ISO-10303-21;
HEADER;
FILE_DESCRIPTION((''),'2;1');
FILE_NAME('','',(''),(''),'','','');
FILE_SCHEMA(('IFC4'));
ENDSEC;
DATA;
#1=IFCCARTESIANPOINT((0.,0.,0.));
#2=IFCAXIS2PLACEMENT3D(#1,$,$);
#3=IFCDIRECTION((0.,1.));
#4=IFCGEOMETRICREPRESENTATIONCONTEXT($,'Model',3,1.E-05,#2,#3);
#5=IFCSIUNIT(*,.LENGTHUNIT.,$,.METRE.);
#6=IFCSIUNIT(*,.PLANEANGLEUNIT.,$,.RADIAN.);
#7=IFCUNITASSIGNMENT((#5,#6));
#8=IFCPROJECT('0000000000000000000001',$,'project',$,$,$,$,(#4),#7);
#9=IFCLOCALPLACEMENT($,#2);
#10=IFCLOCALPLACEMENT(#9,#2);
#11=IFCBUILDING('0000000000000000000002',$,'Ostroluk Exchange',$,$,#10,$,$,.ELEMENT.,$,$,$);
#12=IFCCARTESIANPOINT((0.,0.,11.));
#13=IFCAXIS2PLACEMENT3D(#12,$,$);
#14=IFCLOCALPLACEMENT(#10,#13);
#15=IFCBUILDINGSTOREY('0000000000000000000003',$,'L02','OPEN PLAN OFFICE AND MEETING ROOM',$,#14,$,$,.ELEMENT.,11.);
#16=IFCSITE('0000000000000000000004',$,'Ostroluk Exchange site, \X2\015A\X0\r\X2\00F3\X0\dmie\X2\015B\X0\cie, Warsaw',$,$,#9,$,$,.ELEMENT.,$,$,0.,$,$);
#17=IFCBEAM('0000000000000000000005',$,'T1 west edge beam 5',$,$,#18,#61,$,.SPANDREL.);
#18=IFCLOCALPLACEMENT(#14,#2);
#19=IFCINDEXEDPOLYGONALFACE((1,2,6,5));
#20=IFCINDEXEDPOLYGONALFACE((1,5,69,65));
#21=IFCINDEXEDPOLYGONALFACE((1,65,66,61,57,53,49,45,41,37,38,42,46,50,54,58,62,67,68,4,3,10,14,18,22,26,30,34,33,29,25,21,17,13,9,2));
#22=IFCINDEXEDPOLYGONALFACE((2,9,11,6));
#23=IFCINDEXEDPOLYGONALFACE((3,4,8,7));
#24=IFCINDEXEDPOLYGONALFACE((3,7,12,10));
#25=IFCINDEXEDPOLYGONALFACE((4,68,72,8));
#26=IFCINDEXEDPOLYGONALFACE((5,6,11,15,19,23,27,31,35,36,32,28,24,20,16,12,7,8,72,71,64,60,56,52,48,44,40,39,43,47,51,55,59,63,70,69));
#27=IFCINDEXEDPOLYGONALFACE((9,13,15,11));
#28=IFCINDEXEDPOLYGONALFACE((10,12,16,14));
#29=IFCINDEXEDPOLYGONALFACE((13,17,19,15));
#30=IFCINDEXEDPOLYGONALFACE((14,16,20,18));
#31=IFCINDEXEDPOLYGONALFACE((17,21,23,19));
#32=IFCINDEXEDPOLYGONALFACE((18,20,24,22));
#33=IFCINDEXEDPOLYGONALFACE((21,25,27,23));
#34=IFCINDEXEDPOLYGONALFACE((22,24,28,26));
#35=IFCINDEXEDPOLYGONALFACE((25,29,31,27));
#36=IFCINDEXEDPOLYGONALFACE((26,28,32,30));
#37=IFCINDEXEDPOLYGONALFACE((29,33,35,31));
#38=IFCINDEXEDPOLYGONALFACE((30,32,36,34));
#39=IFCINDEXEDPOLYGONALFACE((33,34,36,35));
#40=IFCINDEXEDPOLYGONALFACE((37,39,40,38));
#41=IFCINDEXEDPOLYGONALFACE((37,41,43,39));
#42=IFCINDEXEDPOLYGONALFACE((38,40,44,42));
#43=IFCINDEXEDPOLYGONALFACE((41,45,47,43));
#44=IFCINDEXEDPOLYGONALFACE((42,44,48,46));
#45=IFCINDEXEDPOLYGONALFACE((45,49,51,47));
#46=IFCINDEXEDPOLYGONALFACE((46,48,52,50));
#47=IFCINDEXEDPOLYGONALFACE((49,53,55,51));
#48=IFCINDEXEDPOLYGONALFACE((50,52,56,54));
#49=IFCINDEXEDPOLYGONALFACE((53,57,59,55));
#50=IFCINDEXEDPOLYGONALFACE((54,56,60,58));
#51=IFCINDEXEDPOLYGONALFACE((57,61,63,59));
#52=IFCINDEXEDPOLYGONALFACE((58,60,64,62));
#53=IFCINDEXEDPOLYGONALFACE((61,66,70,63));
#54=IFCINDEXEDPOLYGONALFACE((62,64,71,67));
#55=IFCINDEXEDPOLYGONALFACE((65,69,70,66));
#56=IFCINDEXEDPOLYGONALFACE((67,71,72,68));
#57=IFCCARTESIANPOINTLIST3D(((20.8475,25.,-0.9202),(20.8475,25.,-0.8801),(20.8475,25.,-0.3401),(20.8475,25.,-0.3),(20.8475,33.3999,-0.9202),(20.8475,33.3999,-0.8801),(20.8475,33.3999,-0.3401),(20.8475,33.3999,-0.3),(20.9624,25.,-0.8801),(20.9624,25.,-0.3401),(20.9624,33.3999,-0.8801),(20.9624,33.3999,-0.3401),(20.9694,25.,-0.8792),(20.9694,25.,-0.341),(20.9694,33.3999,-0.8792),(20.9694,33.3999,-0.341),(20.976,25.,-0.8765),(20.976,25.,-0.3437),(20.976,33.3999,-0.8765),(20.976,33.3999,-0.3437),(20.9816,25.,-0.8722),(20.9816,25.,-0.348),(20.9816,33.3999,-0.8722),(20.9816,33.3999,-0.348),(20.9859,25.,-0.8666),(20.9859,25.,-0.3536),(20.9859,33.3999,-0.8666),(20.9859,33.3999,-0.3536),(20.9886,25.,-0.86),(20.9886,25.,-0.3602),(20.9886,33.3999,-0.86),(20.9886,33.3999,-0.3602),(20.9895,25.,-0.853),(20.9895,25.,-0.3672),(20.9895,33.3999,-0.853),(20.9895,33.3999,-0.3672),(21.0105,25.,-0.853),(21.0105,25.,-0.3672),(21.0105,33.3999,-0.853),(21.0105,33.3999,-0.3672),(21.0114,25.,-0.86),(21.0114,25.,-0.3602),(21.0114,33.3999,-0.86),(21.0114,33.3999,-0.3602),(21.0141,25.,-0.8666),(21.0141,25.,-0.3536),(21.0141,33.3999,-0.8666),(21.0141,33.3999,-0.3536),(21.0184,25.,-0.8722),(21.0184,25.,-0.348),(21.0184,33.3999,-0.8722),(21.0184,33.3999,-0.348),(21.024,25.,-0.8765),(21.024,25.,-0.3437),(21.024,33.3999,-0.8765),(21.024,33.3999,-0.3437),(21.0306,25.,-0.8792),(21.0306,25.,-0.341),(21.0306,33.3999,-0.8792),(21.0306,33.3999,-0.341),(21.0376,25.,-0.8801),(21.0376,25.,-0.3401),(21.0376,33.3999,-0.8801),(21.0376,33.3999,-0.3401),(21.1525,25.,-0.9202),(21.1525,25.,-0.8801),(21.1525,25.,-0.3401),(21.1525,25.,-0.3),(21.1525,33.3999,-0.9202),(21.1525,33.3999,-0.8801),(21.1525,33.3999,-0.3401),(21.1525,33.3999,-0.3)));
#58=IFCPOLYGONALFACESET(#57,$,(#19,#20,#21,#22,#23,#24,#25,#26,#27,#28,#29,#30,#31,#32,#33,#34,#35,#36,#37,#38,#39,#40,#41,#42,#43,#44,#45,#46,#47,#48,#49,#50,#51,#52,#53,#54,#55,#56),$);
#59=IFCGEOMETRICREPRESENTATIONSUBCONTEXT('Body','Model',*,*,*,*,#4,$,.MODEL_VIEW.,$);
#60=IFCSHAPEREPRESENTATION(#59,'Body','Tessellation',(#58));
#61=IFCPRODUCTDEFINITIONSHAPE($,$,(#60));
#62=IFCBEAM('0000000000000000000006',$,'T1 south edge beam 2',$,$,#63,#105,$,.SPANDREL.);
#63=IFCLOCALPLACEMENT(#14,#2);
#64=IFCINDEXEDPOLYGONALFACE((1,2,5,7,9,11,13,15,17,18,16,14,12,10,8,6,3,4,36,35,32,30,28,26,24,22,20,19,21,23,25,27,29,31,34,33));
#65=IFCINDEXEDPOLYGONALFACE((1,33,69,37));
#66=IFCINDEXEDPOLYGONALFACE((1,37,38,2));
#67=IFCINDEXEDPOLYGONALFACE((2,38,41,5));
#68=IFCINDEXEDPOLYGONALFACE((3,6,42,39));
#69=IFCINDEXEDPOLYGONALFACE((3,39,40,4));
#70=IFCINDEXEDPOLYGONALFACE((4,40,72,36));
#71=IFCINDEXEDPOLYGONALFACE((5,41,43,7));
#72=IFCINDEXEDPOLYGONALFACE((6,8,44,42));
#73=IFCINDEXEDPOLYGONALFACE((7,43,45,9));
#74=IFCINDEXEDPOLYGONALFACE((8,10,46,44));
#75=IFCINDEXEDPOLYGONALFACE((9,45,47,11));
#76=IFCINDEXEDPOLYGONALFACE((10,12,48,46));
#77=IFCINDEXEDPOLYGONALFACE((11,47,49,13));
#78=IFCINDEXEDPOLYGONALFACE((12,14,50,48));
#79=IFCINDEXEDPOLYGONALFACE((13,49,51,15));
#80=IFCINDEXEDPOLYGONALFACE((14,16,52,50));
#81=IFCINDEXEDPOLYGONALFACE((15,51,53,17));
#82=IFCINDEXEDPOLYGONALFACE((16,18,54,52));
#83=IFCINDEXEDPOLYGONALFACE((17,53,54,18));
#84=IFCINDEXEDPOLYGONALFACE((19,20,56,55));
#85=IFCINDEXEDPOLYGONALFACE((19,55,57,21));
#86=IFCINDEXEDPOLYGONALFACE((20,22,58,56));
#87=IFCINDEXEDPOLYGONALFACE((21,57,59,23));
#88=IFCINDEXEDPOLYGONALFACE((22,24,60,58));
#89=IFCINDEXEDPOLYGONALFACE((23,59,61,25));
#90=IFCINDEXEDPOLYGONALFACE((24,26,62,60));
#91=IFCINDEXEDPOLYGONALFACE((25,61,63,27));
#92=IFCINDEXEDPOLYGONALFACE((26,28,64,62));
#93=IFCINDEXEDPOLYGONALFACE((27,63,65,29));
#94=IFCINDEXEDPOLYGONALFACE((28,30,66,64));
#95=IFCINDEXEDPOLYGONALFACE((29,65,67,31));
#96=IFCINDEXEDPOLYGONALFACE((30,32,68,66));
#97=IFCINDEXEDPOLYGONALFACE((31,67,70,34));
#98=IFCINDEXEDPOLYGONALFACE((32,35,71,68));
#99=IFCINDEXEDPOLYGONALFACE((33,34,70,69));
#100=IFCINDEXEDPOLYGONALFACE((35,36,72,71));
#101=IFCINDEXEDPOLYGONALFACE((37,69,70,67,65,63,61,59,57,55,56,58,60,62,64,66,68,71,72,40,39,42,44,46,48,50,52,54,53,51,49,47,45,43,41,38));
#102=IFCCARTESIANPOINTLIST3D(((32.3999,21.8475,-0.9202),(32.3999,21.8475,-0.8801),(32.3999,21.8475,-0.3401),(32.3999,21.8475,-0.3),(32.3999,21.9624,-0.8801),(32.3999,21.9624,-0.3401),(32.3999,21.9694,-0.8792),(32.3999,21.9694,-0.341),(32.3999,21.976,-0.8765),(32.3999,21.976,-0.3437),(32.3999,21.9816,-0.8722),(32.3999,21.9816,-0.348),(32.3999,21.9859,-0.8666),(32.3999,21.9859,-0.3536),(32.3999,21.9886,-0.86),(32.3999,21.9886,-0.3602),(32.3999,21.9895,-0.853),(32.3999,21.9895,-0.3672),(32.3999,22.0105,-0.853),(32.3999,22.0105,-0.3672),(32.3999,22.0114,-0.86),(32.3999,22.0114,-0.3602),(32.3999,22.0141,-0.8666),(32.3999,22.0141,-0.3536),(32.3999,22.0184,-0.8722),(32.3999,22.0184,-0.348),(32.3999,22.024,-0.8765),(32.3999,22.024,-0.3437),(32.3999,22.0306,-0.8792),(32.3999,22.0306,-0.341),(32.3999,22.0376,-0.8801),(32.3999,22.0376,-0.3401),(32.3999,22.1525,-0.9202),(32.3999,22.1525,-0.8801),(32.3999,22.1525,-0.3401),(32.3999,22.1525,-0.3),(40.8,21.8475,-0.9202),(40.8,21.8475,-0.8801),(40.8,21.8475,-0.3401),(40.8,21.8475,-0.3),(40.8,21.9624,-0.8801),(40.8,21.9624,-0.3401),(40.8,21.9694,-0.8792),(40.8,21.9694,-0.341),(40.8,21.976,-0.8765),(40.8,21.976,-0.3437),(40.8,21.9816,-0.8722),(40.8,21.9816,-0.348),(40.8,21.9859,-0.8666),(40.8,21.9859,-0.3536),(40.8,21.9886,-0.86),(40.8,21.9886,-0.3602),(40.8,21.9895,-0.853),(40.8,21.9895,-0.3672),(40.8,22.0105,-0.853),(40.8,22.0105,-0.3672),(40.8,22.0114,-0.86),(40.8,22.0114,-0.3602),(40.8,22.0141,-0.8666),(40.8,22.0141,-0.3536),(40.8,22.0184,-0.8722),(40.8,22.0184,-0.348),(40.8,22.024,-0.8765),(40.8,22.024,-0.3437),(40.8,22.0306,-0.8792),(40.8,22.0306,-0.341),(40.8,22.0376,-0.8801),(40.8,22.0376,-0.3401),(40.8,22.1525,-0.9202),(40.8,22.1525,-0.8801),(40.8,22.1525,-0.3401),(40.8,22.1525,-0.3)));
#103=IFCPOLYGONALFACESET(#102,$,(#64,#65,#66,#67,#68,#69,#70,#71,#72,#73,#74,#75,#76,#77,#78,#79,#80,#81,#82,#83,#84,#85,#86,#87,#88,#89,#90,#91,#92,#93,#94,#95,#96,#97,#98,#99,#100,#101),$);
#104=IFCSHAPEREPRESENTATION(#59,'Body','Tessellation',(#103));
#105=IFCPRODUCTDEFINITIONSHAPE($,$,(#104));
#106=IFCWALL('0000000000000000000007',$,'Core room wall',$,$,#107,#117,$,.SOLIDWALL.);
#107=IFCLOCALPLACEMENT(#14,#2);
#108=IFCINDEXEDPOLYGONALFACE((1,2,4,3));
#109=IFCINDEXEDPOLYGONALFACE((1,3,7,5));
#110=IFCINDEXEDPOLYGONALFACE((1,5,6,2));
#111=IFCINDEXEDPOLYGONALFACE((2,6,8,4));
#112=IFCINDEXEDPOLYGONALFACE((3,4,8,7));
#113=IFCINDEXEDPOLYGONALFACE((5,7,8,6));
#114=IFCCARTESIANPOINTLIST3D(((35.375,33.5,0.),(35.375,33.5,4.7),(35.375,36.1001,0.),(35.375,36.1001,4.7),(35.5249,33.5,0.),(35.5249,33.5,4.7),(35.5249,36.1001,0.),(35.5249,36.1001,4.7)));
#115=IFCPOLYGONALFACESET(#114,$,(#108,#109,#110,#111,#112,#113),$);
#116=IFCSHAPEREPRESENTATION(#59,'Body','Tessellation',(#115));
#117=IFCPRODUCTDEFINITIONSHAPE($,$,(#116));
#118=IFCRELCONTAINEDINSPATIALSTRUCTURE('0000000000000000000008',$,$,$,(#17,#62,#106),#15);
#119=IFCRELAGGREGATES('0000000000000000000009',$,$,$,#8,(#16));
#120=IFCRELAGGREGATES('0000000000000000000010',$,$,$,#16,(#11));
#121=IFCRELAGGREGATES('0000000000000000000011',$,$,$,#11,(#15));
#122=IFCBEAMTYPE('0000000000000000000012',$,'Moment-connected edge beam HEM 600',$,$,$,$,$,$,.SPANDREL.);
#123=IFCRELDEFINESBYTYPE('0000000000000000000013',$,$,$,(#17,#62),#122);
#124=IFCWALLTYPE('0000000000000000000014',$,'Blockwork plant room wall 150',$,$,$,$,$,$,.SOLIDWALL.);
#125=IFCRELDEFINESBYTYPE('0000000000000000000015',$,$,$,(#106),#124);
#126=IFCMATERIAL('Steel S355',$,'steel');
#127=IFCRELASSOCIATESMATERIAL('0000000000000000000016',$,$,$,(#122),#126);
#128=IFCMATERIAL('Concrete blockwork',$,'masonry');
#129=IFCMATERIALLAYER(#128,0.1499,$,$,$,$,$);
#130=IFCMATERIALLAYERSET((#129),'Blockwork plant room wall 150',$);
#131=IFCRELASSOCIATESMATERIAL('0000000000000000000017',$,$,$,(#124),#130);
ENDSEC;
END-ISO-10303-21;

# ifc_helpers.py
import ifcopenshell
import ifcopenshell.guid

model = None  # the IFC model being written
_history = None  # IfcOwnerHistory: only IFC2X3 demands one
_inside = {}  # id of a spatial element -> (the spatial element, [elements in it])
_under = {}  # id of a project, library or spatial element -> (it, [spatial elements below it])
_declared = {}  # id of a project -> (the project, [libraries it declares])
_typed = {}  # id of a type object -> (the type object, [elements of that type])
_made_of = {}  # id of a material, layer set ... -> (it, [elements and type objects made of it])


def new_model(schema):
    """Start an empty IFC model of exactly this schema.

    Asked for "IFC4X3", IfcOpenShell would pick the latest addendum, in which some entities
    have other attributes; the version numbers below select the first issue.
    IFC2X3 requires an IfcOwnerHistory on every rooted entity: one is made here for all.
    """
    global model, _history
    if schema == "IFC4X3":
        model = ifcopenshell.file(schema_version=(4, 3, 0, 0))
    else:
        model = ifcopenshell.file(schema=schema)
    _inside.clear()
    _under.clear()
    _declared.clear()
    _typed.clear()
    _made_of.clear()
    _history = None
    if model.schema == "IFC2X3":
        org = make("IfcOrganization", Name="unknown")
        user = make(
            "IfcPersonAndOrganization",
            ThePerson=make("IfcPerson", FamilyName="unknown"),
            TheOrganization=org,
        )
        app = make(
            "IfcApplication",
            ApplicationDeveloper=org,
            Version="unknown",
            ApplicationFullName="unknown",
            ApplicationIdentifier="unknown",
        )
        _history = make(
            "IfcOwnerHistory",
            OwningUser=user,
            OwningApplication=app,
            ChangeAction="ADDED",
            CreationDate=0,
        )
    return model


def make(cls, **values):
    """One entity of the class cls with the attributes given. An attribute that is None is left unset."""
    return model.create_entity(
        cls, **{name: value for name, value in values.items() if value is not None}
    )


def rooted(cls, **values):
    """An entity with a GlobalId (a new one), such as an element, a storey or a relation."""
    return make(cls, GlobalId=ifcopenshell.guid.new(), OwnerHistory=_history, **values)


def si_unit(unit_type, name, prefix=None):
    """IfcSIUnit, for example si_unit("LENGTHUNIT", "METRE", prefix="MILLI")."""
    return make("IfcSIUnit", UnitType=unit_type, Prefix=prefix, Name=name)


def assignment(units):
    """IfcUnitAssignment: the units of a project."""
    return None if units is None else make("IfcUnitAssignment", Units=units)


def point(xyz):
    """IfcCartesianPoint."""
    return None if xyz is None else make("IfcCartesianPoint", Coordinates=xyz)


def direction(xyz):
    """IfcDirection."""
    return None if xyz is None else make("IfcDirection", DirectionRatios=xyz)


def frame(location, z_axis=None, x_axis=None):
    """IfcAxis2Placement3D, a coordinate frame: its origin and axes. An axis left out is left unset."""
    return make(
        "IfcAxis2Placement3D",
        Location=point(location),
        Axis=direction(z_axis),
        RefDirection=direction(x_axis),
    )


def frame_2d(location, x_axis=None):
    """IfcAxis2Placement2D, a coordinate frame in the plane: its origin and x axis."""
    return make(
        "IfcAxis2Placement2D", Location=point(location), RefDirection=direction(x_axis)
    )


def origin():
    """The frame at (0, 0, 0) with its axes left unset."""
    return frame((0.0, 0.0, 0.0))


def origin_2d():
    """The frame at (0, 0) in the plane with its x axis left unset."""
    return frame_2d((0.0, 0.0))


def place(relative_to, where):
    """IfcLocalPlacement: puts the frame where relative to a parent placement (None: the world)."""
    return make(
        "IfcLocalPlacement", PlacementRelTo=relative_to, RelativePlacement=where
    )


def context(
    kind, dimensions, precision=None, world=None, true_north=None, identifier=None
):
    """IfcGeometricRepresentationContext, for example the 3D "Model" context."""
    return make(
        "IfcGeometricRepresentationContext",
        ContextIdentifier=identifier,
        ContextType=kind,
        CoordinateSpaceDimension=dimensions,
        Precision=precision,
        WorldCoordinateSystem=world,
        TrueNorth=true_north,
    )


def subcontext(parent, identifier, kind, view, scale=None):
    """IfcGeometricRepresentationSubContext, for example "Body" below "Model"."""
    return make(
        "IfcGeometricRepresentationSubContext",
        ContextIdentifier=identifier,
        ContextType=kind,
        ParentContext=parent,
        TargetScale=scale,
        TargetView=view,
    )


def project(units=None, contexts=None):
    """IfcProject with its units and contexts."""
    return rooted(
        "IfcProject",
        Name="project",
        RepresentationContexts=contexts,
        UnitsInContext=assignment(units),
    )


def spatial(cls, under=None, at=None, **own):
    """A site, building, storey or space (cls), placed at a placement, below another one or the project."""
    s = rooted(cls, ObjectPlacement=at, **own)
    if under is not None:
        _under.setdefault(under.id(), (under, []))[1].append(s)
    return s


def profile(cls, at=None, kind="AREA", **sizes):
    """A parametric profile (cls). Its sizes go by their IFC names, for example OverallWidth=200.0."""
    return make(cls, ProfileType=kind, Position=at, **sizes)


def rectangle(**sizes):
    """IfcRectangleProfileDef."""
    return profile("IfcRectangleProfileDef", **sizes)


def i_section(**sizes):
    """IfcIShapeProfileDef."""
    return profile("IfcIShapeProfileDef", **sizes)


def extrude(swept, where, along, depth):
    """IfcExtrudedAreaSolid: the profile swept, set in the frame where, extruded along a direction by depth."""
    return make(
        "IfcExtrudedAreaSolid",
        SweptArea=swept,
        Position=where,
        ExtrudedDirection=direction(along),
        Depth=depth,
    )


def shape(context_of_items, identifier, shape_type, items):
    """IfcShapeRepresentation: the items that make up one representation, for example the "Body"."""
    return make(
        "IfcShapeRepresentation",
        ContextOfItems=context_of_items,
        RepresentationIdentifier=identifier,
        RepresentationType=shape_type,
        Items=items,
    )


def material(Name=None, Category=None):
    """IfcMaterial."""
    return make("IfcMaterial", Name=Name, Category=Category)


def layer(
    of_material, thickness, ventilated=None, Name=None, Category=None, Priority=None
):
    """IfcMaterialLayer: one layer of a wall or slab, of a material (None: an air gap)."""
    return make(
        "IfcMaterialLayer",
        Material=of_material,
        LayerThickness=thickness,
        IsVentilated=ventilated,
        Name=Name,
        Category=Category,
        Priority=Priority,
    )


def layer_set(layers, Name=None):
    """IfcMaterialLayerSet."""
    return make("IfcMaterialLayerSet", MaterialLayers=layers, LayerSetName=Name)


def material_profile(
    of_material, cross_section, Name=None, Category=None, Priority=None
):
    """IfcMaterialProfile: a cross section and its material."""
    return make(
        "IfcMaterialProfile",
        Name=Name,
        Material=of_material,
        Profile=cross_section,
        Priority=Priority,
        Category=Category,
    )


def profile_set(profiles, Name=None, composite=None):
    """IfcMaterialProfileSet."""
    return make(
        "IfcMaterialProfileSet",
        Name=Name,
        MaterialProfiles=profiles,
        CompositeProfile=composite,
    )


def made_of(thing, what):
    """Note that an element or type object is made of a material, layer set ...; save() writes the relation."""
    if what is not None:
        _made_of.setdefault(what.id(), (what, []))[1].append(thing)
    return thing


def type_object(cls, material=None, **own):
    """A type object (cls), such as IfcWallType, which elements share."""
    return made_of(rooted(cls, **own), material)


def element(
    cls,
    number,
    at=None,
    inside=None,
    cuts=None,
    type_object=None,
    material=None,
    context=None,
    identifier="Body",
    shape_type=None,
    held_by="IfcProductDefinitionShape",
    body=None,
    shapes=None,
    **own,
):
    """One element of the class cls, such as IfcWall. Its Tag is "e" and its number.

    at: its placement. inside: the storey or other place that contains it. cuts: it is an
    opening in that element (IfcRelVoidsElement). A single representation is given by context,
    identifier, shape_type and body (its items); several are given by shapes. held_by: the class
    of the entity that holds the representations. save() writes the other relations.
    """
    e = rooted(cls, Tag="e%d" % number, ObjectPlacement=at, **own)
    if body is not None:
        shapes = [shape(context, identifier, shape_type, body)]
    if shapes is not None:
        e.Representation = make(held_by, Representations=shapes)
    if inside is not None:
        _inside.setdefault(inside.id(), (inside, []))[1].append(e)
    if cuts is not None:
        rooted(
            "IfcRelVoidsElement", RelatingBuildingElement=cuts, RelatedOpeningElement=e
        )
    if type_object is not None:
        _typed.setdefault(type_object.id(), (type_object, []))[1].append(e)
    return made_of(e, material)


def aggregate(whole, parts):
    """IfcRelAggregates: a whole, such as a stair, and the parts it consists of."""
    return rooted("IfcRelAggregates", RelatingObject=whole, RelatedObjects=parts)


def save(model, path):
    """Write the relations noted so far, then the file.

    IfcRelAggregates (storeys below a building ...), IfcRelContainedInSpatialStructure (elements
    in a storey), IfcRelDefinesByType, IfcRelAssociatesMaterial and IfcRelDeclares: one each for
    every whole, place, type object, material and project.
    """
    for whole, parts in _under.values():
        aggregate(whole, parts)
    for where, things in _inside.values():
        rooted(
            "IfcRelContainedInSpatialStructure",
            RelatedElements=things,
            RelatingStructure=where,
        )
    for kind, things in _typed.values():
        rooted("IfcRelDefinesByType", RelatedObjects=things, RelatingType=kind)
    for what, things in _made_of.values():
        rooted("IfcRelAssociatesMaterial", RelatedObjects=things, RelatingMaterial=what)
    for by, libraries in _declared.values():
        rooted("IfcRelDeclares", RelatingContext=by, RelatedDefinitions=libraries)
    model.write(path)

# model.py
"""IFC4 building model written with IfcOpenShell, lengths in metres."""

from ifc_helpers import new_model, si_unit, direction, frame, frame_2d, origin, origin_2d, place, context, subcontext, project, spatial, rectangle, i_section, extrude, material, layer, layer_set, material_profile, profile_set, type_object, element, save


model = new_model("IFC4")

# Units and contexts
model_context = context("Model", 3, precision=1e-05, world=origin(), true_north=direction((0.0, 1.0)))
body_context = subcontext(model_context, "Body", "Model", "MODEL_VIEW")
ifc_project = project(units=[si_unit("LENGTHUNIT", "METRE"), si_unit("PLANEANGLEUNIT", "RADIAN")], contexts=[model_context])

# Site, building, storey
site_placement = place(None, origin())
site = spatial("IfcSite", under=ifc_project, at=site_placement, Name="Ostroluk Exchange site, Śródmieście, Warsaw", CompositionType="ELEMENT", RefElevation=0.0)
building_placement = place(site_placement, origin())
building = spatial("IfcBuilding", under=site, at=building_placement, Name="Ostroluk Exchange", CompositionType="ELEMENT")
storey_placement = place(building_placement, frame((0.0, 0.0, 11.0)))
storey = spatial("IfcBuildingStorey", under=building, at=storey_placement, Name="L02", Description="OPEN PLAN OFFICE AND MEETING ROOM", CompositionType="ELEMENT", Elevation=11.0)

# Beams
ifc_material_1 = material(Name="Steel S355", Category="steel")
ifc_material_profile_1 = material_profile(ifc_material_1, i_section(OverallWidth=0.3049, OverallDepth=0.6201, WebThickness=0.021, FlangeThickness=0.04, FilletRadius=0.0271, at=origin_2d()), Name="HEM 600")
ifc_profile_set_1 = profile_set([ifc_material_profile_1], Name="Steel S355")
beam_type_1 = type_object("IfcBeamType", Name="Moment-connected edge beam HEM 600", PredefinedType="SPANDREL", material=ifc_profile_set_1)
beam_1_placement = place(storey_placement, frame((21.0, 33.3999, -0.6101), z_axis=(0.0, -1.0, 0.0), x_axis=(1.0, 0.0, 0.0)))
element("IfcBeam", 1, at=beam_1_placement, inside=storey, type_object=beam_type_1, Name="T1 west edge beam 5", PredefinedType="SPANDREL", context=body_context, shape_type="SweptSolid", body=[
    extrude(i_section(OverallWidth=0.3049, OverallDepth=0.6201, WebThickness=0.021, FlangeThickness=0.04, FilletRadius=0.0271, at=origin_2d()), origin(), (0.0, 0.0, 1.0), 8.3999),
])
beam_2_placement = place(storey_placement, frame((32.3999, 22.0, -0.6101), z_axis=(1.0, 0.0, 0.0), x_axis=(0.0, 1.0, 0.0)))
element("IfcBeam", 2, at=beam_2_placement, inside=storey, type_object=beam_type_1, Name="T1 south edge beam 2", PredefinedType="SPANDREL", context=body_context, shape_type="SweptSolid", body=[
    extrude(i_section(OverallWidth=0.3049, OverallDepth=0.6201, WebThickness=0.021, FlangeThickness=0.04, FilletRadius=0.0271, at=origin_2d()), origin(), (0.0, 0.0, 1.0), 8.4001),
])

# Wall
ifc_material_2 = material(Name="Concrete blockwork", Category="masonry")
ifc_layer_1 = layer(ifc_material_2, 0.1499)
ifc_layer_set_1 = layer_set([ifc_layer_1], Name="Blockwork plant room wall 150")
wall_type_1 = type_object("IfcWallType", Name="Blockwork plant room wall 150", PredefinedType="SOLIDWALL", material=ifc_layer_set_1)
wall_1_placement = place(storey_placement, frame((35.45, 33.5, 0.0), z_axis=(0.0, 0.0, 1.0), x_axis=(0.0, 1.0, 0.0)))
element("IfcWall", 3, at=wall_1_placement, inside=storey, type_object=wall_type_1, Name="Core room wall", PredefinedType="SOLIDWALL", context=body_context, shape_type="SweptSolid", body=[
    extrude(rectangle(XDim=2.6001, YDim=0.1499, at=frame_2d((1.3, 0.0))), origin(), (0.0, 0.0, 1.0), 4.7),
])

save(model, "model.ifc")
